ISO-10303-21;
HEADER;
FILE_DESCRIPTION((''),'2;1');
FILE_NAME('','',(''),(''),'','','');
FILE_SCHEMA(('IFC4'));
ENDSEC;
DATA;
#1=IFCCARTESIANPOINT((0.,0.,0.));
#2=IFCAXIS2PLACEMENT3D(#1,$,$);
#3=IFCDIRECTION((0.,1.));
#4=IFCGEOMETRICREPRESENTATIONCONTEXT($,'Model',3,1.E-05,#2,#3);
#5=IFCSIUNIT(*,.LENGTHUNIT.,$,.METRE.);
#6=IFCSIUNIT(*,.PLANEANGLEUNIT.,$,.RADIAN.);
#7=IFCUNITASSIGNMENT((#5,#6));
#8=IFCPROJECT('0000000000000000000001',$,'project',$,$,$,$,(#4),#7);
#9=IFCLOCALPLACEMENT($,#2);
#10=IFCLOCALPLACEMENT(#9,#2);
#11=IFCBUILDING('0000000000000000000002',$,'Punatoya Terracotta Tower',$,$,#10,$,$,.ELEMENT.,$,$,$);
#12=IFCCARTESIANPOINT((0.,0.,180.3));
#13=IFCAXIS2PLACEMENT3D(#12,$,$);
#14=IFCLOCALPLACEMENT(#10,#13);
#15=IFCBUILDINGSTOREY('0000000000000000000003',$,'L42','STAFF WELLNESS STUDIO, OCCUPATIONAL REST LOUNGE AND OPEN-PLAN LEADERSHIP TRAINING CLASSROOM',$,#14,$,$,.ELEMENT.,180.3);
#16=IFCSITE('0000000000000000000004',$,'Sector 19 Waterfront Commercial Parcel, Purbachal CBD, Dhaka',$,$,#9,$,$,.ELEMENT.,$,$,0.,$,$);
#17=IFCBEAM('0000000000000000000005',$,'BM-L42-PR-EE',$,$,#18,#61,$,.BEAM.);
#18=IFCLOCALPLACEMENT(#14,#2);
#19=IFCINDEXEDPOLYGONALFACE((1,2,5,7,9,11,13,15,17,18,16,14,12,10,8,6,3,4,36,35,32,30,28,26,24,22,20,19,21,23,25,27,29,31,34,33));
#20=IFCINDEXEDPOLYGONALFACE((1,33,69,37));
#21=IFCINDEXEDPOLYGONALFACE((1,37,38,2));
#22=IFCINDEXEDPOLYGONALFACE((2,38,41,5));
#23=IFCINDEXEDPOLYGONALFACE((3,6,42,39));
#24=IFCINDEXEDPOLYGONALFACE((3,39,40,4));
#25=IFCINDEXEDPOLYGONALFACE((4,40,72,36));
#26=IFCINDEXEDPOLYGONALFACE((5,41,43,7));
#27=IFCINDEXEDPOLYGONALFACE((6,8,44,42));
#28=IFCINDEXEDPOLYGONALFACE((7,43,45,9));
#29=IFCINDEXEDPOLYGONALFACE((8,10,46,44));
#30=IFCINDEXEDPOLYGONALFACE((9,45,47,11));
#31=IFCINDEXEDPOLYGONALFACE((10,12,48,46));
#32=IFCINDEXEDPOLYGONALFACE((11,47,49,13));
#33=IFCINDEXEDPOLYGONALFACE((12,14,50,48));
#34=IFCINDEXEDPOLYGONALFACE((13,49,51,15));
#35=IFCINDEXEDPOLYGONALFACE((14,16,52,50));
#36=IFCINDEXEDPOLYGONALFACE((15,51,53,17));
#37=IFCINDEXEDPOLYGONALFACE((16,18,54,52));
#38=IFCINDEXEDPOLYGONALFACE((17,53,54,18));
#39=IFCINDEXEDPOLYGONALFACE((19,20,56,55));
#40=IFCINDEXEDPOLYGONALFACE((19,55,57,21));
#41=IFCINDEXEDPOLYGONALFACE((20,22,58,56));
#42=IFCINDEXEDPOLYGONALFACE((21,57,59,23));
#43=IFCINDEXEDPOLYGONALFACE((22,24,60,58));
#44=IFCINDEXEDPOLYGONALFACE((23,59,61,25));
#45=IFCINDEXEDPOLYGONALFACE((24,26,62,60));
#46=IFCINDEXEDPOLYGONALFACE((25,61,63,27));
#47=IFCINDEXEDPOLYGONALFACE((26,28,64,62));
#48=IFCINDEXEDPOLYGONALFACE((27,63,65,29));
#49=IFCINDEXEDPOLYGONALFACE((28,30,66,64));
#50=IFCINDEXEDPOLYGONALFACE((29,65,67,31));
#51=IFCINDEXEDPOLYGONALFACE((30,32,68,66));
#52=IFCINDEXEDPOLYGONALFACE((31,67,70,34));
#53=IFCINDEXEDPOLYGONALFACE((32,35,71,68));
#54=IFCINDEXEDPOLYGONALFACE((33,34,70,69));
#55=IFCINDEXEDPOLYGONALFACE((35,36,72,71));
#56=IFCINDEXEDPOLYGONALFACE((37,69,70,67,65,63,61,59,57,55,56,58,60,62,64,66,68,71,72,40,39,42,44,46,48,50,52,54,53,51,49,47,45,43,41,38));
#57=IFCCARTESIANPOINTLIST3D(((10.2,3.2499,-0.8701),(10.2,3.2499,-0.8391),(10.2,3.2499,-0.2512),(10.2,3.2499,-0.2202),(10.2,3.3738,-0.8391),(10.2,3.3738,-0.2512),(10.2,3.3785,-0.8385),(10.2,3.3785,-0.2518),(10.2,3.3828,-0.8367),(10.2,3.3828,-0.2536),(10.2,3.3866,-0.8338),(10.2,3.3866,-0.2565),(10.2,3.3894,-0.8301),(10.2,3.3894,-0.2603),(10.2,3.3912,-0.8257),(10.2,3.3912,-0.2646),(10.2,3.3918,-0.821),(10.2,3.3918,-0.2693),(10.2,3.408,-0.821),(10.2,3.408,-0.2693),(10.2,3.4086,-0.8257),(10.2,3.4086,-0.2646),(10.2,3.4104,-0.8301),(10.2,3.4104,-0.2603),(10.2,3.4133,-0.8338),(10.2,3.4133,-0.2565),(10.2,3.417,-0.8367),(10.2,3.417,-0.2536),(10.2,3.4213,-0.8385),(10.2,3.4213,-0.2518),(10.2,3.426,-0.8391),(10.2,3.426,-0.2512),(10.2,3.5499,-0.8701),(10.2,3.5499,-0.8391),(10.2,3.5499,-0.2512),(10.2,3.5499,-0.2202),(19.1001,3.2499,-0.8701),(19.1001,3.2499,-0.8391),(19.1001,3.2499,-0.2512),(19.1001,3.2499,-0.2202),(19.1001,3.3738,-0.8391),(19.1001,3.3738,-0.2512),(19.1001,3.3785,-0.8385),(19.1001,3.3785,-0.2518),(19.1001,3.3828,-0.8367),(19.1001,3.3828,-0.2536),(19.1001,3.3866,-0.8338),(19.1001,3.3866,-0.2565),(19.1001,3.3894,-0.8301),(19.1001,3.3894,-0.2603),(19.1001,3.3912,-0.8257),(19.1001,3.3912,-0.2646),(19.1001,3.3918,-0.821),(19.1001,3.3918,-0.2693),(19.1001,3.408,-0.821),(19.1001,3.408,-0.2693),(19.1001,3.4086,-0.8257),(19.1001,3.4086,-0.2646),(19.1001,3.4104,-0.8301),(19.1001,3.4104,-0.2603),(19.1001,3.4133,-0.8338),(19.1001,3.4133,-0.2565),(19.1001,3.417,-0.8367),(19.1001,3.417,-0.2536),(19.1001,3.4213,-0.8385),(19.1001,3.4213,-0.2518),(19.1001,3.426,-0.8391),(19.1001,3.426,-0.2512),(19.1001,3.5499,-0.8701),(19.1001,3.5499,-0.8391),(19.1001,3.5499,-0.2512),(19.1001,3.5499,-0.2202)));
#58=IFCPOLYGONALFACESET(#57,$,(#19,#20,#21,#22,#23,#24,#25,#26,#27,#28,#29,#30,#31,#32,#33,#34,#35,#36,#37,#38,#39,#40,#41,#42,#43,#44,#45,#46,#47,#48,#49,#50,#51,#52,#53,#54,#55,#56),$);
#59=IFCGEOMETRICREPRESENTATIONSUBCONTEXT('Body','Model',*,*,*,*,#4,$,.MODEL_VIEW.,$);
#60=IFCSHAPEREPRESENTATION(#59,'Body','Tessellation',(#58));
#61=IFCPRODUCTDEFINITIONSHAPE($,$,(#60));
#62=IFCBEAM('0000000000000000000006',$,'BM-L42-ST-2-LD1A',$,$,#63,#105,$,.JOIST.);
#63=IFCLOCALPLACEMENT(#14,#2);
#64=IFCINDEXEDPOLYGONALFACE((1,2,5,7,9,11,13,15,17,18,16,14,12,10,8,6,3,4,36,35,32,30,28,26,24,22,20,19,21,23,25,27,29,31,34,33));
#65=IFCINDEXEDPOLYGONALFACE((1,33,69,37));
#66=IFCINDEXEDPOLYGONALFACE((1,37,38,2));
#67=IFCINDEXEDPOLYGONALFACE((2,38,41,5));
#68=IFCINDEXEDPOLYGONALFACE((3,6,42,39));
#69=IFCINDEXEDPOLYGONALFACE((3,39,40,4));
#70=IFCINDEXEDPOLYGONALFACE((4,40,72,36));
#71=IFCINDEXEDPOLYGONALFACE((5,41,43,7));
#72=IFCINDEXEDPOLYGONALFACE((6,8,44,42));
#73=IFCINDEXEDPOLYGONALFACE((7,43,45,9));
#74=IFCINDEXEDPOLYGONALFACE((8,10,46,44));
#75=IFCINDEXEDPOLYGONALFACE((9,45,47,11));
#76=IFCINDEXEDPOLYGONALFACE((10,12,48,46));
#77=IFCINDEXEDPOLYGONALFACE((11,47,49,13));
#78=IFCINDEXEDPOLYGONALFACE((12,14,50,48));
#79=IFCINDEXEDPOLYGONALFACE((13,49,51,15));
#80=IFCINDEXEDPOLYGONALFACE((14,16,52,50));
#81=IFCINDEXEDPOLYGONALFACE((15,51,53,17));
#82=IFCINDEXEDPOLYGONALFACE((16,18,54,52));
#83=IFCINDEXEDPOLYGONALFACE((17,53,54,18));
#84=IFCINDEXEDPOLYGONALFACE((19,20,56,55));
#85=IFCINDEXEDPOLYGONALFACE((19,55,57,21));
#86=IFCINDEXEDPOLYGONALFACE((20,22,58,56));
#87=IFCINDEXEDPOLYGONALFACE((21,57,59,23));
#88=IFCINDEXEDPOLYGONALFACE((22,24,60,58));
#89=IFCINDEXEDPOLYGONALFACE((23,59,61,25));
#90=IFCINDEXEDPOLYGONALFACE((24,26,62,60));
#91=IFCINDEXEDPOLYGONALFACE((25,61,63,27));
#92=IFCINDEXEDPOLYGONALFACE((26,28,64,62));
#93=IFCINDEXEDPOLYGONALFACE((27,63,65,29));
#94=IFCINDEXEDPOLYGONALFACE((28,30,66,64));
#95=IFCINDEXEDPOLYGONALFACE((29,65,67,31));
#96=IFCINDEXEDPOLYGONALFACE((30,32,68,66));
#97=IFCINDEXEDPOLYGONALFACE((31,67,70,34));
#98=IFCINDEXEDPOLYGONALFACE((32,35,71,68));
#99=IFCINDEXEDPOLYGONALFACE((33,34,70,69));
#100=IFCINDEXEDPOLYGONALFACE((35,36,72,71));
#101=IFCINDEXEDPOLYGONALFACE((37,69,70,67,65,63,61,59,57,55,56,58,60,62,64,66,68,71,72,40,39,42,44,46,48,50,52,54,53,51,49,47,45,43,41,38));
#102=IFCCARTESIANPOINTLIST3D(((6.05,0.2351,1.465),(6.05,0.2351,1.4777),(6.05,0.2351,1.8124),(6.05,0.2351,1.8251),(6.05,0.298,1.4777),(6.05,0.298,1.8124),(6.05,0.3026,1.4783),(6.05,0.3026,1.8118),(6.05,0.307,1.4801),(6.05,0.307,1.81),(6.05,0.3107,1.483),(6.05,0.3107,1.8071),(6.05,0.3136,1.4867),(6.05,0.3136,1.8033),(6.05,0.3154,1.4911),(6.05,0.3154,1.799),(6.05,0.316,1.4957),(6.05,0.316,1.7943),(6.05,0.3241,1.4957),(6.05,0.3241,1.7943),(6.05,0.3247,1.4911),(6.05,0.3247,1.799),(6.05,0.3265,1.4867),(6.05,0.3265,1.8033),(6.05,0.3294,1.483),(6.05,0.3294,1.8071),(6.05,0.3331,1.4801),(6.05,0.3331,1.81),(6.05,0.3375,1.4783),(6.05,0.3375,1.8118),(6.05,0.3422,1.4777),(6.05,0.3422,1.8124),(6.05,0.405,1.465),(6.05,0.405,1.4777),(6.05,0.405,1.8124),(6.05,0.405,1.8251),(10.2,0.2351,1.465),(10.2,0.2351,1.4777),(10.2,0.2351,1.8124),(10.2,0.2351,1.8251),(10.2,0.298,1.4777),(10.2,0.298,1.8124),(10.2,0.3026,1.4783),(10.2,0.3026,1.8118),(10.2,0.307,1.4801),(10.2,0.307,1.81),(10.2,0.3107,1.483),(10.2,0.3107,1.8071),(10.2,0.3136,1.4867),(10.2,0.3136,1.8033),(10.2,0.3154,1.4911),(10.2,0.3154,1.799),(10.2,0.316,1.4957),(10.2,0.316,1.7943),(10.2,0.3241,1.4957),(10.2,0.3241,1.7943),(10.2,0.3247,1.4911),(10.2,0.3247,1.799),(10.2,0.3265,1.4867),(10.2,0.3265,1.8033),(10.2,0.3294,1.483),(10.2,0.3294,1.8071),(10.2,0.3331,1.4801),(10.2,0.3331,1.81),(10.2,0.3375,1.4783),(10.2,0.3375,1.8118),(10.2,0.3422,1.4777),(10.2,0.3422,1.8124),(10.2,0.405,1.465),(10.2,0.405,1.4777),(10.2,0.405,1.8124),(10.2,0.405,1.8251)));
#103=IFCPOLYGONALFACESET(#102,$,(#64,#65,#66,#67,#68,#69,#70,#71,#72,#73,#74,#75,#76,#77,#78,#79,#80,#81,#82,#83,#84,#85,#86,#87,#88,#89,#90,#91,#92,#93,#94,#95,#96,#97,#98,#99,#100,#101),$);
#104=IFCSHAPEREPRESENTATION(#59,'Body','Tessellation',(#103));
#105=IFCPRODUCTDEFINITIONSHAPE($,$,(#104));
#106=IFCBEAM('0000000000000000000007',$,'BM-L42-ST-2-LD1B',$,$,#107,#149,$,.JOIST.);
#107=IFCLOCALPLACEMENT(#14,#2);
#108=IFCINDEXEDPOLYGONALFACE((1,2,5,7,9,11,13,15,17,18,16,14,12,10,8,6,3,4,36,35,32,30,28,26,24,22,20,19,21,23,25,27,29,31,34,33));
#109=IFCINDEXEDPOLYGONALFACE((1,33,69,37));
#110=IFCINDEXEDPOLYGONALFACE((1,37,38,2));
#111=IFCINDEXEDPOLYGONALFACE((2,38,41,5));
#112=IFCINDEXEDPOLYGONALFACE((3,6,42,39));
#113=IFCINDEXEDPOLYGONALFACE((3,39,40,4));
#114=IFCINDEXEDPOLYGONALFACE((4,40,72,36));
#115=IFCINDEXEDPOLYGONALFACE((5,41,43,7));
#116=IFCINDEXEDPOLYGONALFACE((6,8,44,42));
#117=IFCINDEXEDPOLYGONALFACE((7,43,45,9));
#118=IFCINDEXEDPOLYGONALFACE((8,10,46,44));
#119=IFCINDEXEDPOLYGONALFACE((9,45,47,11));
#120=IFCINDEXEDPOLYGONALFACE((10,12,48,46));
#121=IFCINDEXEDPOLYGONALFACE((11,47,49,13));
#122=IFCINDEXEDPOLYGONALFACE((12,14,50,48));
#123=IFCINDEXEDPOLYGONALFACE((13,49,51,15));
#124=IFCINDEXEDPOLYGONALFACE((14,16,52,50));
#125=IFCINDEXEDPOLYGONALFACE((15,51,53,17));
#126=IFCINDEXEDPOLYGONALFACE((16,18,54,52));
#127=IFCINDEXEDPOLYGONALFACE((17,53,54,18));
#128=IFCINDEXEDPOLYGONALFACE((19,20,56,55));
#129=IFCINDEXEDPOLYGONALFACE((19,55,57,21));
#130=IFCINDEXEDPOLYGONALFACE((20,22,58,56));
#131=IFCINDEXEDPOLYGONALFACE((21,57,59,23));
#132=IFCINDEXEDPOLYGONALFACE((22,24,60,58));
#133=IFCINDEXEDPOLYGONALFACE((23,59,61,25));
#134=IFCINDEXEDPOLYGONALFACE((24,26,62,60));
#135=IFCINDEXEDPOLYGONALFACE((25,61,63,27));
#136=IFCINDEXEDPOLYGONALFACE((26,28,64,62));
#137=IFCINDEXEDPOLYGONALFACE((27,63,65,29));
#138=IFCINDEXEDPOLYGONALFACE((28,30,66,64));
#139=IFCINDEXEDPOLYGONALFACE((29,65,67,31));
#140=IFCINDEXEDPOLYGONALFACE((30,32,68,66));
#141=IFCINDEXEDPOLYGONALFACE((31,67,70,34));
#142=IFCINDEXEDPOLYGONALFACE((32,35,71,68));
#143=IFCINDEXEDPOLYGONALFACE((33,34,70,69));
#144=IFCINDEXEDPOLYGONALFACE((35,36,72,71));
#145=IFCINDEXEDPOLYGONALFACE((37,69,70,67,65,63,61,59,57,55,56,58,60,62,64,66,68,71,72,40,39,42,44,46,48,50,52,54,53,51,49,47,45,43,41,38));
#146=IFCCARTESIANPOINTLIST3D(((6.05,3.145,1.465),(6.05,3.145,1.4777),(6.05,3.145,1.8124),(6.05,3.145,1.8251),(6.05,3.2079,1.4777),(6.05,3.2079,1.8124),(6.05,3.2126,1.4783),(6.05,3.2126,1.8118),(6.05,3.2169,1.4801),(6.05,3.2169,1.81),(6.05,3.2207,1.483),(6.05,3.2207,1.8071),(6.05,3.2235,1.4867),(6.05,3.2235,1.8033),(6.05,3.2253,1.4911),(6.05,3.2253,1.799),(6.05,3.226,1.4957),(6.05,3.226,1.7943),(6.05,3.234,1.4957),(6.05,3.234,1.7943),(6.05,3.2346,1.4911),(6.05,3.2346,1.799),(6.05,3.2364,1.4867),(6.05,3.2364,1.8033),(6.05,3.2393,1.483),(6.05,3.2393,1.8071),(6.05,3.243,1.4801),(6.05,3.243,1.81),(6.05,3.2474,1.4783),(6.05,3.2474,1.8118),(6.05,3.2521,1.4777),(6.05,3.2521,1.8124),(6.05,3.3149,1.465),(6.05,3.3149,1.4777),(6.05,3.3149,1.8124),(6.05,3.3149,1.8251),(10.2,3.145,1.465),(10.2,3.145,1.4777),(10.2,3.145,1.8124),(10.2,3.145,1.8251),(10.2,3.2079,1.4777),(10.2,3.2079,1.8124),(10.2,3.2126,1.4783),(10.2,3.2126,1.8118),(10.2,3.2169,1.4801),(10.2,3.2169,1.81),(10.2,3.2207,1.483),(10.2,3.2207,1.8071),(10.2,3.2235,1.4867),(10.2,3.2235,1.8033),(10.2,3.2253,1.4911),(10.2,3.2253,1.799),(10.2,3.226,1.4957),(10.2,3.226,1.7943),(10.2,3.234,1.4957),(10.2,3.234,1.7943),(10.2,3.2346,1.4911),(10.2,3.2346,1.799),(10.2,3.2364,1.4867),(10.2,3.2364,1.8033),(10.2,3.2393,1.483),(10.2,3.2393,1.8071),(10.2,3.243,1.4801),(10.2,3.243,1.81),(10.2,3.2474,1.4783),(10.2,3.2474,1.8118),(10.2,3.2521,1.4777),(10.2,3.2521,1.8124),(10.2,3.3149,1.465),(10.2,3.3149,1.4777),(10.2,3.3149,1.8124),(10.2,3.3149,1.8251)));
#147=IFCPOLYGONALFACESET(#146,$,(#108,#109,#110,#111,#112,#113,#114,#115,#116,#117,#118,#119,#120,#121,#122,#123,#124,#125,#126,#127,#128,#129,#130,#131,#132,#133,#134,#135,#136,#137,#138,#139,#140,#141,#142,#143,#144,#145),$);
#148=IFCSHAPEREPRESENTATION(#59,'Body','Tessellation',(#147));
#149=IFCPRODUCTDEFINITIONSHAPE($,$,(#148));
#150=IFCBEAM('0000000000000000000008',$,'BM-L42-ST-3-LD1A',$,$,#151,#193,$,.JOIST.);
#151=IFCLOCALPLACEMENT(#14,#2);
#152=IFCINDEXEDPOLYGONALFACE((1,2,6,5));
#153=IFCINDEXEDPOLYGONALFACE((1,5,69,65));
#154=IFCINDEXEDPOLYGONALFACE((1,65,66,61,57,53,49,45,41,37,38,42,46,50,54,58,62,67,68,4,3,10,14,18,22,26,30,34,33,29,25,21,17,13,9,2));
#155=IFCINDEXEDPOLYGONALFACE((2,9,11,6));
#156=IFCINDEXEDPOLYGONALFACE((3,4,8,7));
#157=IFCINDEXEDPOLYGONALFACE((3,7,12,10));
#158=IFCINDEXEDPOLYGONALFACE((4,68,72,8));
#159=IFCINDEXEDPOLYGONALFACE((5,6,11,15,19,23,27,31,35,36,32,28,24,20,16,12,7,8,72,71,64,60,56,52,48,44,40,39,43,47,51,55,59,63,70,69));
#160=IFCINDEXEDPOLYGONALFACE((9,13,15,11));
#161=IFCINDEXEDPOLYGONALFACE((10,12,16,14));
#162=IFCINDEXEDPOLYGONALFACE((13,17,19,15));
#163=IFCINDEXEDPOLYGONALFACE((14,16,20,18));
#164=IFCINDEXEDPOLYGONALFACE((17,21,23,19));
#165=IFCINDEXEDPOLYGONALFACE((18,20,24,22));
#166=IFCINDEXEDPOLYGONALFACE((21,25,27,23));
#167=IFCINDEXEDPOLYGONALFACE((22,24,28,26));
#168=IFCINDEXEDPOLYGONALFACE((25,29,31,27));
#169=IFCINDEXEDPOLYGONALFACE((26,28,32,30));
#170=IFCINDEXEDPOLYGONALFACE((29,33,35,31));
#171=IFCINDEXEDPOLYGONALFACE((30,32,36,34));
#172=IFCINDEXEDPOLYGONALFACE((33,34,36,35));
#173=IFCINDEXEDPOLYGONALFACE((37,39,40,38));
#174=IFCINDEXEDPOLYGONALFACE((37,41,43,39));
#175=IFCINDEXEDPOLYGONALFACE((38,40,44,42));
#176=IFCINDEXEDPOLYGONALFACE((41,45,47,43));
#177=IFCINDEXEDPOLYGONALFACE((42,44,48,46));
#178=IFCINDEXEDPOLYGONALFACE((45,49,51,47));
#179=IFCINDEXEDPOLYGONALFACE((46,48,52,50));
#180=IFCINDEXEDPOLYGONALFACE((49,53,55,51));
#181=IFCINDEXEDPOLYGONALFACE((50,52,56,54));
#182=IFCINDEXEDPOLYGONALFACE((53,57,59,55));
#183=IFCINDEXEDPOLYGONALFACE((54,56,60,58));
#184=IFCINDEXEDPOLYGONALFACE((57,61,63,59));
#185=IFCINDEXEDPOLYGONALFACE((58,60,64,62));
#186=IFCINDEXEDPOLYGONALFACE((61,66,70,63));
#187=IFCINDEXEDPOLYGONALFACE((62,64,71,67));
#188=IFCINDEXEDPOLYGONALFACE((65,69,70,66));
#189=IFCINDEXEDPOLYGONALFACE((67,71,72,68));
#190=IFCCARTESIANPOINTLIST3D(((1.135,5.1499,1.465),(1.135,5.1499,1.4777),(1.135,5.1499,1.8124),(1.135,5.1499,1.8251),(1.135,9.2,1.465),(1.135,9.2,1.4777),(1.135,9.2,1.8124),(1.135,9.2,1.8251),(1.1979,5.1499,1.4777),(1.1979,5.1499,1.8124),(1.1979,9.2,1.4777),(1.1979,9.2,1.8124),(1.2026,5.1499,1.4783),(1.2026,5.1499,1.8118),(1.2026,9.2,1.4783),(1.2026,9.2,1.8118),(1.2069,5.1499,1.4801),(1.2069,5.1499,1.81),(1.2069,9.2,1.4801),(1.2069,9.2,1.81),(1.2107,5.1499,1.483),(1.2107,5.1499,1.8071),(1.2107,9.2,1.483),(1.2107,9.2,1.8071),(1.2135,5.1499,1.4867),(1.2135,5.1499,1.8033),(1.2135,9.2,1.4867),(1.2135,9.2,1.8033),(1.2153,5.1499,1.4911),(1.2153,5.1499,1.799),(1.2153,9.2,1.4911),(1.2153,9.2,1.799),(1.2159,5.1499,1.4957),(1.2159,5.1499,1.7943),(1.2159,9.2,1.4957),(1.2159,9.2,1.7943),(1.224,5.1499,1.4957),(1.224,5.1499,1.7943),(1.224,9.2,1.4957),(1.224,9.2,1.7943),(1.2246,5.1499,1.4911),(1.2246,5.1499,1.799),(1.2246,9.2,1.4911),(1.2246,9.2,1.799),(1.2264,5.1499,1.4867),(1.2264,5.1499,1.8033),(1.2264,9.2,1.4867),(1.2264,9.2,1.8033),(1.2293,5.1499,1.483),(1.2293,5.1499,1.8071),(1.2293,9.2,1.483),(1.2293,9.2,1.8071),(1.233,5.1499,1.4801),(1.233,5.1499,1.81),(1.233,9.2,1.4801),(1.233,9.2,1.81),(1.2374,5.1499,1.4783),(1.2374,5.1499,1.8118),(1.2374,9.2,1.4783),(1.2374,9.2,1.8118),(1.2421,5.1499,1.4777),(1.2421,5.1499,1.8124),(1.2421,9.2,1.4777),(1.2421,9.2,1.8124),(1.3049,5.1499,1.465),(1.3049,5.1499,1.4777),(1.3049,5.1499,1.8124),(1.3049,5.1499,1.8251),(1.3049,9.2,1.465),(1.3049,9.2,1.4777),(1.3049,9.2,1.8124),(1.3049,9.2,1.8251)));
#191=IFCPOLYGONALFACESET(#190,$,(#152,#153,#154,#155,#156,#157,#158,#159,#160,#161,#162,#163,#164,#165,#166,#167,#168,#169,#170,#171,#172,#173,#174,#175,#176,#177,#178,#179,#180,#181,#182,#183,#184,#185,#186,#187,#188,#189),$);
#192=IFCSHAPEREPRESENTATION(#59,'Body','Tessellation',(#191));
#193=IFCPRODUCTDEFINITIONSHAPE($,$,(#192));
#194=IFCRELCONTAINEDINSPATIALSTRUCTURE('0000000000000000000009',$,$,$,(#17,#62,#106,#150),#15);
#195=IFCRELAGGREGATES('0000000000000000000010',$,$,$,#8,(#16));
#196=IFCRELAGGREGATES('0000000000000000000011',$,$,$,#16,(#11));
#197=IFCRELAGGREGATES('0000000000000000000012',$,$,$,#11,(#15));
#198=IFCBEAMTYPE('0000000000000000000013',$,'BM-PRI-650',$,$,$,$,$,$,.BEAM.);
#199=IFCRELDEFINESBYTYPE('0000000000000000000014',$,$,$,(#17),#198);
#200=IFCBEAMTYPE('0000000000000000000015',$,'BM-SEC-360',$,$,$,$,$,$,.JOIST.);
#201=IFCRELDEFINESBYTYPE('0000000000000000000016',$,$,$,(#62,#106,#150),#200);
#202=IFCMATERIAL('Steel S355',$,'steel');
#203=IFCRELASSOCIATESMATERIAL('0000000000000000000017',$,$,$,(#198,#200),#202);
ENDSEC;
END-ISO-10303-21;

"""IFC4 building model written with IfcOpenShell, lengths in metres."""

from ifc_helpers import new_model, si_unit, direction, frame, origin, origin_2d, place, context, subcontext, project, spatial, i_section, extrude, material, material_profile, profile_set, type_object, element, save


model = new_model("IFC4")

# Units and contexts
model_context = context("Model", 3, precision=1e-05, world=origin(), true_north=direction((0.0, 1.0)))
body_context = subcontext(model_context, "Body", "Model", "MODEL_VIEW")
ifc_project = project(units=[si_unit("LENGTHUNIT", "METRE"), si_unit("PLANEANGLEUNIT", "RADIAN")], contexts=[model_context])

# Site, building, storey
site_placement = place(None, origin())
site = spatial("IfcSite", under=ifc_project, at=site_placement, Name="Sector 19 Waterfront Commercial Parcel, Purbachal CBD, Dhaka", CompositionType="ELEMENT", RefElevation=0.0)
building_placement = place(site_placement, origin())
building = spatial("IfcBuilding", under=site, at=building_placement, Name="Punatoya Terracotta Tower", CompositionType="ELEMENT")
storey_placement = place(building_placement, frame((0.0, 0.0, 180.3)))
storey = spatial("IfcBuildingStorey", under=building, at=storey_placement, Name="L42", Description="STAFF WELLNESS STUDIO, OCCUPATIONAL REST LOUNGE AND OPEN-PLAN LEADERSHIP TRAINING CLASSROOM", CompositionType="ELEMENT", Elevation=180.3)

# Beams
ifc_material_1 = material(Name="Steel S355", Category="steel")
ifc_material_profile_1 = material_profile(ifc_material_1, i_section(OverallWidth=0.3, OverallDepth=0.6499, WebThickness=0.0161, FlangeThickness=0.031, FilletRadius=0.0181, at=origin_2d()))
ifc_profile_set_1 = profile_set([ifc_material_profile_1], Name="Steel S355")
beam_type_1 = type_object("IfcBeamType", Name="BM-PRI-650", PredefinedType="BEAM", material=ifc_profile_set_1)
beam_placement = place(storey_placement, frame((10.2, 3.3999, -0.5452), z_axis=(1.0, 0.0, 0.0), x_axis=(0.0, 1.0, 0.0)))
element("IfcBeam", 1, at=beam_placement, inside=storey, type_object=beam_type_1, Name="BM-L42-PR-EE", PredefinedType="BEAM", context=body_context, shape_type="SweptSolid", body=[
    extrude(i_section(OverallWidth=0.3, OverallDepth=0.6499, WebThickness=0.0161, FlangeThickness=0.031, FilletRadius=0.0181, at=origin_2d()), origin(), (0.0, 0.0, 1.0), 8.9001),
])
ifc_material_profile_2 = material_profile(ifc_material_1, i_section(OverallWidth=0.1699, OverallDepth=0.3601, WebThickness=0.0081, FlangeThickness=0.0127, FilletRadius=0.0181, at=origin_2d()))
ifc_profile_set_2 = profile_set([ifc_material_profile_2], Name="Steel S355")
beam_type_2 = type_object("IfcBeamType", Name="BM-SEC-360", PredefinedType="JOIST", material=ifc_profile_set_2)
for number, where, z_axis, x_axis, name in (
    (2, (6.05, 0.3201, 1.645), (1.0, 0.0, 0.0), (0.0, 1.0, 0.0), "BM-L42-ST-2-LD1A"),
    (3, (6.05, 3.23, 1.645), (1.0, 0.0, 0.0), (0.0, 1.0, 0.0), "BM-L42-ST-2-LD1B"),
):
    element("IfcBeam", number, at=place(storey_placement, frame(where, z_axis=z_axis, x_axis=x_axis)), inside=storey, type_object=beam_type_2, Name=name, PredefinedType="JOIST", context=body_context, shape_type="SweptSolid", body=[
        extrude(i_section(OverallWidth=0.1699, OverallDepth=0.3601, WebThickness=0.0081, FlangeThickness=0.0127, FilletRadius=0.0181, at=origin_2d()), origin(), (0.0, 0.0, 1.0), 4.1499),
    ])
for number, where, z_axis, x_axis, name in (
    (4, (1.22, 5.1499, 1.645), (0.0, 1.0, 0.0), (-1.0, 0.0, 0.0), "BM-L42-ST-3-LD1A"),
):
    element("IfcBeam", number, at=place(storey_placement, frame(where, z_axis=z_axis, x_axis=x_axis)), inside=storey, type_object=beam_type_2, Name=name, PredefinedType="JOIST", context=body_context, shape_type="SweptSolid", body=[
        extrude(i_section(OverallWidth=0.1699, OverallDepth=0.3601, WebThickness=0.0081, FlangeThickness=0.0127, FilletRadius=0.0181, at=origin_2d()), origin(), (0.0, 0.0, 1.0), 4.05),
    ])

save(model, "model.ifc")
